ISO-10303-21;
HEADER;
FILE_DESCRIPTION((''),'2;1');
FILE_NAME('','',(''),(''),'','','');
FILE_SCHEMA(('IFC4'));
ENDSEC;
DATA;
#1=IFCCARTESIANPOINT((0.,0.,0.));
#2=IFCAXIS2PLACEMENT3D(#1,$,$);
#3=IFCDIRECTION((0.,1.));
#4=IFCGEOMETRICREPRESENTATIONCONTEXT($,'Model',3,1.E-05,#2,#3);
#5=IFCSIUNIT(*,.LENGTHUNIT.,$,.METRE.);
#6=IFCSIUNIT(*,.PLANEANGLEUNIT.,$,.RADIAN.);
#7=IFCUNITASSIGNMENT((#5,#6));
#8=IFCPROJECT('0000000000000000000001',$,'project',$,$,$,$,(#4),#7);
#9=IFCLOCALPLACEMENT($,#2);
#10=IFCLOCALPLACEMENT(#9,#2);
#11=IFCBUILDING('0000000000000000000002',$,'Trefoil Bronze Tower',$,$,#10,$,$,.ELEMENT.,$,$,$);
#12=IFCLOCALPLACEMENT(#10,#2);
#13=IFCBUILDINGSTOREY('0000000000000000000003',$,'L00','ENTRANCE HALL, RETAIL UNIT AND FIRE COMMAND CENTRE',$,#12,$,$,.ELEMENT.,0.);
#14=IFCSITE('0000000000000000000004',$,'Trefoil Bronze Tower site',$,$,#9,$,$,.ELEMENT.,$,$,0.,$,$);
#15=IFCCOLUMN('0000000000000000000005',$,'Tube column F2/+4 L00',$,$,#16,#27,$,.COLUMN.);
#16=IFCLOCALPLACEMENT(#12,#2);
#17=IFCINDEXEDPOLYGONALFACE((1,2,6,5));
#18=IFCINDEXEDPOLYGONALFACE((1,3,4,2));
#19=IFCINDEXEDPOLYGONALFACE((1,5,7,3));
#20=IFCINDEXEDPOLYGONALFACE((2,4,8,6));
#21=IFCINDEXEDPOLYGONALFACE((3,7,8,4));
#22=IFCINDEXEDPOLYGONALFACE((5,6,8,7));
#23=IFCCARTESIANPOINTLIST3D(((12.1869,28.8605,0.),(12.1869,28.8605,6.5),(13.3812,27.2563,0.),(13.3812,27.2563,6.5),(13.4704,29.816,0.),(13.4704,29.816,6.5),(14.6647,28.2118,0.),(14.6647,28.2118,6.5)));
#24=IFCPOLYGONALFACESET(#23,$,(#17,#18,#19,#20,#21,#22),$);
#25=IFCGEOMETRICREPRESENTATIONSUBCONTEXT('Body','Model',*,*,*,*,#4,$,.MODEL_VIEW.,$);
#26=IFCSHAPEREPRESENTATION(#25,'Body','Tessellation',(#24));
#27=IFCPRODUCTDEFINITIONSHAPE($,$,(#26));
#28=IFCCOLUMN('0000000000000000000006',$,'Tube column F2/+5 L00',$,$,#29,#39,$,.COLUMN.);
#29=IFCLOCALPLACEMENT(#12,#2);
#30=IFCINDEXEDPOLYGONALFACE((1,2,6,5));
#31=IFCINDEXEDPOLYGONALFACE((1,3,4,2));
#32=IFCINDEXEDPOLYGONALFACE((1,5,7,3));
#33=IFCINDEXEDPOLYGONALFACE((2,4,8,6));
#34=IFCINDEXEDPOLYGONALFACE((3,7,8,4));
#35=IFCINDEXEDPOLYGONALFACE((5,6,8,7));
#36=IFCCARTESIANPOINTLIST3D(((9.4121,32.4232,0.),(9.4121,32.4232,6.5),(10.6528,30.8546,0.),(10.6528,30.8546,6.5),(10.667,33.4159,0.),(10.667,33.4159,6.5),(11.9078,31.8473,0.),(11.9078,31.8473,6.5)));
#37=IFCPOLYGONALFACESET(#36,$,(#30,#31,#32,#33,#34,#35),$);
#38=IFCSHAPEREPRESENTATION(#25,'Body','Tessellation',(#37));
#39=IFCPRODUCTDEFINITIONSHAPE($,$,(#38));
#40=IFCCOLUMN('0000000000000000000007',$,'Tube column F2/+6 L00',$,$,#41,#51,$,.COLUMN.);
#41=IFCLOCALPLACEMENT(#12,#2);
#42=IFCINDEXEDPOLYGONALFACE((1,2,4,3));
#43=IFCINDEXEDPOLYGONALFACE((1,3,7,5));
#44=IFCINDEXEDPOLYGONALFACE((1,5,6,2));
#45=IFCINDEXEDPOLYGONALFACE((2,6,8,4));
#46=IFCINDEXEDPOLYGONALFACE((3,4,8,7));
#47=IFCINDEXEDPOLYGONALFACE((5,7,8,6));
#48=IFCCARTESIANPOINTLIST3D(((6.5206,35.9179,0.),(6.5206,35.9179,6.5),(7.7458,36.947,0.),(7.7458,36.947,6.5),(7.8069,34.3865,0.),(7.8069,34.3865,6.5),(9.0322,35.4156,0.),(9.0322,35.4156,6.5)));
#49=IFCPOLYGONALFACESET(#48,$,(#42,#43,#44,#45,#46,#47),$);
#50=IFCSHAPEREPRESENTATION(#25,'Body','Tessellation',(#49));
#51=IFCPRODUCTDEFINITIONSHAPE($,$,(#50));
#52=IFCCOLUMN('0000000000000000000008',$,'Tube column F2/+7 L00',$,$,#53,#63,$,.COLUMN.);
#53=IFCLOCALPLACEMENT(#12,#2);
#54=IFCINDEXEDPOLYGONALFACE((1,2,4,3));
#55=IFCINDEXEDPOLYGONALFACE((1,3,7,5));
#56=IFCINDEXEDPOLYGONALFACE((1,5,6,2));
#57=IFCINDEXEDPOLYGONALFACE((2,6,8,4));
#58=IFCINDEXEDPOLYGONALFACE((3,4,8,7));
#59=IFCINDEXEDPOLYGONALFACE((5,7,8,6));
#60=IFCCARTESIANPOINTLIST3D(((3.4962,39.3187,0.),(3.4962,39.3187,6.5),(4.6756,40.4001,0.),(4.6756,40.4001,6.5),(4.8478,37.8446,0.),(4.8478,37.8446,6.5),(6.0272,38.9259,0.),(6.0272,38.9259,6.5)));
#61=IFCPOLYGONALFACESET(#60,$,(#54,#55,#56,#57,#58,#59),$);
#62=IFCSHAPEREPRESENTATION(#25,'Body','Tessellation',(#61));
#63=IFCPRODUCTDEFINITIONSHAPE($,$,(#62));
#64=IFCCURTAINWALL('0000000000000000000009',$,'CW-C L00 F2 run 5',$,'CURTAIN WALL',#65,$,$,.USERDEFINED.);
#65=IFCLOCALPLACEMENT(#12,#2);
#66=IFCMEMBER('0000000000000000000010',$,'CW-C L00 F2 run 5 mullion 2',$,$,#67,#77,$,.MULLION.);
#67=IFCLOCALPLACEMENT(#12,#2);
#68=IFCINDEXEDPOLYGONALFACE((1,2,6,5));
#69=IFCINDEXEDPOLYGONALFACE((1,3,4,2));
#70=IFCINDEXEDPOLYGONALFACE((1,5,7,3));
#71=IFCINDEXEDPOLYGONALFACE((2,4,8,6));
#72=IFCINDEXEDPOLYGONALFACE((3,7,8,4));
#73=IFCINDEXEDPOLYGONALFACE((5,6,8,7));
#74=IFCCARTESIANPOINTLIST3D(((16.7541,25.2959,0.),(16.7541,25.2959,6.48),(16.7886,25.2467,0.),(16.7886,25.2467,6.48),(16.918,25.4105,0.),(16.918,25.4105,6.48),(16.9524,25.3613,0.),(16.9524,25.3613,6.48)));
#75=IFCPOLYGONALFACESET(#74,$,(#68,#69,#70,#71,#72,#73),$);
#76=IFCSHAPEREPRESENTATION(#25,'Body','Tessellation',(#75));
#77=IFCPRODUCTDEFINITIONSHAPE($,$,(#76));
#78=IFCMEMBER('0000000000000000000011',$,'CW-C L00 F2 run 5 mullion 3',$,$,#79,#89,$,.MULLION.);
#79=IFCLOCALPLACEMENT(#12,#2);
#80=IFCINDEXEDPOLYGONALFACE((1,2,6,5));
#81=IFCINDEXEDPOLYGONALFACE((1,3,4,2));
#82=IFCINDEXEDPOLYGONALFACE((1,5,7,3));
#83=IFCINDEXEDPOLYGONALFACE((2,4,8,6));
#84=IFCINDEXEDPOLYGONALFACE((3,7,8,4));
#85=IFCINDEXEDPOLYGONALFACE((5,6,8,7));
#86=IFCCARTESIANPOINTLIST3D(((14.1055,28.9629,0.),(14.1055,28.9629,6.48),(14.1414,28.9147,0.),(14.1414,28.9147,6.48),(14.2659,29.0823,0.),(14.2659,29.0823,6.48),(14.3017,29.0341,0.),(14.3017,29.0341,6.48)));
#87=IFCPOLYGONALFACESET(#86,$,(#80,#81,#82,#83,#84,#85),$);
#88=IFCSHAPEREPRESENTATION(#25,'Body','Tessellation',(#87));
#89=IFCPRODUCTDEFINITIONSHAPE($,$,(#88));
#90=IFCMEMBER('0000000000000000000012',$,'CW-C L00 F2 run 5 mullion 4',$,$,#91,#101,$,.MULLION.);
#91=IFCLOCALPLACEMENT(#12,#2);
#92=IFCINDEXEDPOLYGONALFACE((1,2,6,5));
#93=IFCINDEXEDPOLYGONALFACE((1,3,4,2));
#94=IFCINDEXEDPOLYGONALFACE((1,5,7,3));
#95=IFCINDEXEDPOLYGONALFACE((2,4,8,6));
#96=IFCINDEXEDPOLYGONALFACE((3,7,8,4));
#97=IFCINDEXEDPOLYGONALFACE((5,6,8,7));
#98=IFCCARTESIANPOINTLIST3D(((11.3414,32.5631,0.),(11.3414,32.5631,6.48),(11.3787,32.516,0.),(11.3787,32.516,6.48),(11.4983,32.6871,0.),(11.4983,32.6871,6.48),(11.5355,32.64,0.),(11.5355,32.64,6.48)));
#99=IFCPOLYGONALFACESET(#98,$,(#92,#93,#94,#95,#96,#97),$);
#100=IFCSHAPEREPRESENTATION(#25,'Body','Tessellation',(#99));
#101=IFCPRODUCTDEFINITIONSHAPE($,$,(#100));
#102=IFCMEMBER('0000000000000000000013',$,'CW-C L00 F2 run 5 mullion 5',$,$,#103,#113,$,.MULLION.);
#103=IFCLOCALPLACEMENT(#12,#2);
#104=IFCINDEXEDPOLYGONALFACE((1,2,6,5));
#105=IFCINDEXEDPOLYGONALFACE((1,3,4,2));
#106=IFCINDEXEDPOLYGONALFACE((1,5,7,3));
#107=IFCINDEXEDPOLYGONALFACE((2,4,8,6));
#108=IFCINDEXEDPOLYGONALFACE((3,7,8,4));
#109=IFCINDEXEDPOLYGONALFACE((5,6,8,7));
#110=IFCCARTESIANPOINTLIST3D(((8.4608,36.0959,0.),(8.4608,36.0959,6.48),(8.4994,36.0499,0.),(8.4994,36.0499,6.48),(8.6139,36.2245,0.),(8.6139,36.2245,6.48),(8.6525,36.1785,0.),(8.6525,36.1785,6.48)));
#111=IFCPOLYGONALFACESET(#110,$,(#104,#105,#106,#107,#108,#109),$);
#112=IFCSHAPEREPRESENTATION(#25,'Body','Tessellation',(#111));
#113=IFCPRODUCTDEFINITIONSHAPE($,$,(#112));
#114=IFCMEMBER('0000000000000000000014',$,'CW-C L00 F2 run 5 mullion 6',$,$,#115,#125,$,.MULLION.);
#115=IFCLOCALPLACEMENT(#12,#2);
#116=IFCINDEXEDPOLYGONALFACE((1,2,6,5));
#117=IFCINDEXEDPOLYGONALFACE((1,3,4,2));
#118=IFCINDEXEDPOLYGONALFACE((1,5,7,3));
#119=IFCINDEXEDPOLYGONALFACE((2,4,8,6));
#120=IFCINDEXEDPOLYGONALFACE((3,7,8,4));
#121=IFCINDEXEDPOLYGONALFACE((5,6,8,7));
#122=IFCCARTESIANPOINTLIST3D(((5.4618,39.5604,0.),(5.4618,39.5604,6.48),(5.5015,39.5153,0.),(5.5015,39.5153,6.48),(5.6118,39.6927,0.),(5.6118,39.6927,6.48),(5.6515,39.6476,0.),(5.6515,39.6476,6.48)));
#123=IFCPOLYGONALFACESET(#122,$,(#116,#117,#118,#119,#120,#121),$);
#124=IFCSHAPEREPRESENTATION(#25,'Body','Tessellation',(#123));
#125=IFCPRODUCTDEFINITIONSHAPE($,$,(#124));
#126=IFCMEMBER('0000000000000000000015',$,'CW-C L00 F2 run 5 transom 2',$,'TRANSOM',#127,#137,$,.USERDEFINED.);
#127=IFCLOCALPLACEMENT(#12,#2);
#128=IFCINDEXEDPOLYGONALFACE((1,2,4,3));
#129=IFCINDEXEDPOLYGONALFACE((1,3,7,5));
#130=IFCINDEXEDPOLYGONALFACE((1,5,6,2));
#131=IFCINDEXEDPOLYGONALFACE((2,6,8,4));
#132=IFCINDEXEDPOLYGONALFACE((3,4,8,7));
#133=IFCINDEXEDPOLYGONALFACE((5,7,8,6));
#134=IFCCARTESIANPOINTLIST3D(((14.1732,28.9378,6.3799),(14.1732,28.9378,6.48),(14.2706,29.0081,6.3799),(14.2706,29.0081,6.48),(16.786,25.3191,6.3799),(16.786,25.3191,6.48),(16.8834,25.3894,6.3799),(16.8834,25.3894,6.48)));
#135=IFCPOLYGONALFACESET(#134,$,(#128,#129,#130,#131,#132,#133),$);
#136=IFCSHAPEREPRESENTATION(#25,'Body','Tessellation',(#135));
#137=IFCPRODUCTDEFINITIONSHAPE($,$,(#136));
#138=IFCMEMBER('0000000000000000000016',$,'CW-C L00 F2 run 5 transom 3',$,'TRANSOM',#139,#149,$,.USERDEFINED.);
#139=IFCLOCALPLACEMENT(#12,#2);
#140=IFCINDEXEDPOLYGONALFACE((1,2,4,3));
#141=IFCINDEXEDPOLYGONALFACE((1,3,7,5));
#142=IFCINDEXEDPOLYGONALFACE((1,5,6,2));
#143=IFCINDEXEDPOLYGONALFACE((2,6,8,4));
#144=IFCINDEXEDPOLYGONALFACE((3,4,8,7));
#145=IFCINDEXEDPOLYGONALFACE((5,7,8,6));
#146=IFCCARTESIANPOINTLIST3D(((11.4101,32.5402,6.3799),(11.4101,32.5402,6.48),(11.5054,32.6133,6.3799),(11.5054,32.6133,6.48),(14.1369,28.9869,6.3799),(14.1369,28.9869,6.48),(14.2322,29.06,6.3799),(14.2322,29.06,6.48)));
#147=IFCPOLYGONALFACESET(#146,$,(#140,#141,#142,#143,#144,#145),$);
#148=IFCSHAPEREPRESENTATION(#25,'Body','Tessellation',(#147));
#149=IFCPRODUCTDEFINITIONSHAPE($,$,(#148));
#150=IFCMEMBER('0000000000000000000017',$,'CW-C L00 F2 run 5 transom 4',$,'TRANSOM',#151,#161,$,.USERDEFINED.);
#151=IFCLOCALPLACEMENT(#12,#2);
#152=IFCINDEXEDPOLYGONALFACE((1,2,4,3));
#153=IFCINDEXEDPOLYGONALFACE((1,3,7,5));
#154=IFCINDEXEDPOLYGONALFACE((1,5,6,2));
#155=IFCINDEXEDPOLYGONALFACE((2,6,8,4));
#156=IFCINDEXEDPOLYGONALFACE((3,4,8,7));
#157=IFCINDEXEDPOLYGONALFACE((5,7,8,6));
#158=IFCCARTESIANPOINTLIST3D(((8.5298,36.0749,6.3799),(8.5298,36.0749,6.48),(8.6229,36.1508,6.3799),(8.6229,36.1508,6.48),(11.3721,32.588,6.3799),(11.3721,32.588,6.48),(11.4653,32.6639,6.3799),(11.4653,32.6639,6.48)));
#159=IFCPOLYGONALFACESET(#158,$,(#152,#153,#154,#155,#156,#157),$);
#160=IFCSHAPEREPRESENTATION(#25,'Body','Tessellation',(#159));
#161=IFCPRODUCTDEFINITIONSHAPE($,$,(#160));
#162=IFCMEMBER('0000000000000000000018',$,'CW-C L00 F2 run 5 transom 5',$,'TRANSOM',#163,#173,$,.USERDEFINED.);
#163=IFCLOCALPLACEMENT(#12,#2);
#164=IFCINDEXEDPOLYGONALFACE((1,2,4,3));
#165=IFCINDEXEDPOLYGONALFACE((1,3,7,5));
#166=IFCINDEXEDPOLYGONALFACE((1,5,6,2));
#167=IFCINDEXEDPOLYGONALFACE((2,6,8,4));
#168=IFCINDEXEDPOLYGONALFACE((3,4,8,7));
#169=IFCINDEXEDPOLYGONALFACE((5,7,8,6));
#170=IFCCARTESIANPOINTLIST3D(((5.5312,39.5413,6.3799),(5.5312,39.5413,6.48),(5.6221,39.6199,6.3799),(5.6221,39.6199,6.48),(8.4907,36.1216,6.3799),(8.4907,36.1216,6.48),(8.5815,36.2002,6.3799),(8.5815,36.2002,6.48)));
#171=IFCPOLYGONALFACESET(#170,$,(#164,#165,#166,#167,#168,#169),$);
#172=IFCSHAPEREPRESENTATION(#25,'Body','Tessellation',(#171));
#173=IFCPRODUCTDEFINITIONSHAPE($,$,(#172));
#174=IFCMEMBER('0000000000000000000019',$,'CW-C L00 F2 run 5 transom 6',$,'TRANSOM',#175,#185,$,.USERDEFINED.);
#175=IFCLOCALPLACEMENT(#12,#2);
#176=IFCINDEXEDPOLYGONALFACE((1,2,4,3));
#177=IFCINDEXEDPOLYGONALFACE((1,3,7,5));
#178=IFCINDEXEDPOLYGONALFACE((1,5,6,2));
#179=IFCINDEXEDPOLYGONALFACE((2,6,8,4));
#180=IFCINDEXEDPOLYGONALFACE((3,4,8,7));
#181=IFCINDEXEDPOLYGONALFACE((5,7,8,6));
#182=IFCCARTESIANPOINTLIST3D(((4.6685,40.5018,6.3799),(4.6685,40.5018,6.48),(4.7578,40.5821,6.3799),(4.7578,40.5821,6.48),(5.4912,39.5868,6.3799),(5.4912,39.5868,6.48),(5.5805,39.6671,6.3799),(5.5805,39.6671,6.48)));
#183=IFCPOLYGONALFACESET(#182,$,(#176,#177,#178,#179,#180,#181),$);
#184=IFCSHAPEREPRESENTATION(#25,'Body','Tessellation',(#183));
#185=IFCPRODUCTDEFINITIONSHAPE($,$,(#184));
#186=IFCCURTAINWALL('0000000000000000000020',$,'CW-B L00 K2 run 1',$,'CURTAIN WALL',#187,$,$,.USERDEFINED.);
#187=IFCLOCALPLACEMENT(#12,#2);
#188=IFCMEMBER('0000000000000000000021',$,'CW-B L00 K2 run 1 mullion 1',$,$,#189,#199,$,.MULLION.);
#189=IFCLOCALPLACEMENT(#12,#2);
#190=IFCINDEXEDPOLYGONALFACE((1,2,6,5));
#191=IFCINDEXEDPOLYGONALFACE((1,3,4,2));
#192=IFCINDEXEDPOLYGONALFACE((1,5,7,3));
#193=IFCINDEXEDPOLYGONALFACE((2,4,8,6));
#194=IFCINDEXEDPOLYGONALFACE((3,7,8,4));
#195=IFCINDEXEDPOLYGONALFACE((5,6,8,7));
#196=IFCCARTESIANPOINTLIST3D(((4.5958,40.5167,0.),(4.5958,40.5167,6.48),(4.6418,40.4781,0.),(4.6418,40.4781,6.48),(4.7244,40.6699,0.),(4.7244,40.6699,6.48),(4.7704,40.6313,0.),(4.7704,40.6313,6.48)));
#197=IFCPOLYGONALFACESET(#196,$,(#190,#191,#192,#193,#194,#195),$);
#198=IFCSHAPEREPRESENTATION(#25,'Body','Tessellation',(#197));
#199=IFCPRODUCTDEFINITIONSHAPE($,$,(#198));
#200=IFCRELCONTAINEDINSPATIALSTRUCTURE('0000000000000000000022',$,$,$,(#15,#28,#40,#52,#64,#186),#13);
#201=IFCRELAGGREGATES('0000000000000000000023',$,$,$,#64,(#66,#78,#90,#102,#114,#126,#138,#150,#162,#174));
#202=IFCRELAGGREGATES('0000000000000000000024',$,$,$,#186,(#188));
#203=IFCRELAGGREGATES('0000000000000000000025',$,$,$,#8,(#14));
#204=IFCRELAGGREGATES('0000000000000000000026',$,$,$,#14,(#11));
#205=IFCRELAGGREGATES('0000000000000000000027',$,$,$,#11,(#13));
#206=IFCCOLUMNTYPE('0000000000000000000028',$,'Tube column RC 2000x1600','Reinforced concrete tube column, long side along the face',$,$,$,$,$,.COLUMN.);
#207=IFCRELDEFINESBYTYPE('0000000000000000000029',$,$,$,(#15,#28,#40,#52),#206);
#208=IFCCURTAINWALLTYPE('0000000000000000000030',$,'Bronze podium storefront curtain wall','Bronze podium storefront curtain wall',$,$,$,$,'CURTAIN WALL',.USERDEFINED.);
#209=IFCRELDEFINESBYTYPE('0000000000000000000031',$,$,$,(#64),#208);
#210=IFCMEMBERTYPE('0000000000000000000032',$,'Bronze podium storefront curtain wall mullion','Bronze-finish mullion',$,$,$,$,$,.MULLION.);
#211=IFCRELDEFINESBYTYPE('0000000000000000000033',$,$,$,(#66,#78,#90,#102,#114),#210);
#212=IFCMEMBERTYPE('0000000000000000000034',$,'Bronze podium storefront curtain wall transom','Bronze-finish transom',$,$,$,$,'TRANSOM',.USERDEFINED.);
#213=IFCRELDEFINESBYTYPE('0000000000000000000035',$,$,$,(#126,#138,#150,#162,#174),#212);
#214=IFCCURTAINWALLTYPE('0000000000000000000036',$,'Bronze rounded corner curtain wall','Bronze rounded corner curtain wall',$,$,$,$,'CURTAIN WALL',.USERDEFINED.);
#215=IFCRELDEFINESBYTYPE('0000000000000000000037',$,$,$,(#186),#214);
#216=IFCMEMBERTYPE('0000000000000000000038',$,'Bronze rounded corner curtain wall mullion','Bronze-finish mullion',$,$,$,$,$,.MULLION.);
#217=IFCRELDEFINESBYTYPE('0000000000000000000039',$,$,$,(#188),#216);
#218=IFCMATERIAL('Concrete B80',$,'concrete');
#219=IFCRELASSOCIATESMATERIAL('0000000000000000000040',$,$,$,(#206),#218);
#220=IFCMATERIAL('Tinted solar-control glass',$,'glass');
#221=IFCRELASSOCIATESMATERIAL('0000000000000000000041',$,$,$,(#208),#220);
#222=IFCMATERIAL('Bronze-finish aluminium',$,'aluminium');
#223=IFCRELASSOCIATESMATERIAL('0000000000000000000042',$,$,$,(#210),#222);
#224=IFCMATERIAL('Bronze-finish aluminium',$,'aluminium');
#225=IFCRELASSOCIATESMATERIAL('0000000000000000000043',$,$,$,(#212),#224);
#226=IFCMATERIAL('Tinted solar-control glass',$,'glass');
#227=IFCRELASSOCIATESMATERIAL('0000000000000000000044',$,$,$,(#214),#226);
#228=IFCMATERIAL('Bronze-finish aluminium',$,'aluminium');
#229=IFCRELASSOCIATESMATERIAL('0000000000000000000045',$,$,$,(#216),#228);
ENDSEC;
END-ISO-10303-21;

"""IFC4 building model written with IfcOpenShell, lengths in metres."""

from ifc_helpers import new_model, si_unit, direction, frame, origin, origin_2d, place, context, subcontext, project, spatial, rectangle, extrude, material, material_profile, profile_set, type_object, element, aggregate, save


model = new_model("IFC4")

# Units and contexts
model_context = context("Model", 3, precision=1e-05, world=origin(), true_north=direction((0.0, 1.0)))
body_context = subcontext(model_context, "Body", "Model", "MODEL_VIEW")
ifc_project = project(units=[si_unit("LENGTHUNIT", "METRE"), si_unit("PLANEANGLEUNIT", "RADIAN")], contexts=[model_context])

# Site, building, storey
site_placement = place(None, origin())
site = spatial("IfcSite", under=ifc_project, at=site_placement, Name="Trefoil Bronze Tower site", CompositionType="ELEMENT", RefElevation=0.0)
building_placement = place(site_placement, origin())
building = spatial("IfcBuilding", under=site, at=building_placement, Name="Trefoil Bronze Tower", CompositionType="ELEMENT")
storey_placement = place(building_placement, origin())
storey = spatial("IfcBuildingStorey", under=building, at=storey_placement, Name="L00", Description="ENTRANCE HALL, RETAIL UNIT AND FIRE COMMAND CENTRE", CompositionType="ELEMENT", Elevation=0.0)

# Columns
ifc_material_1 = material(Name="Concrete B80", Category="concrete")
ifc_material_profile_1 = material_profile(ifc_material_1, rectangle(XDim=2.0, YDim=1.6001, at=origin_2d()), Name="RC 2000x1600")
ifc_profile_set_1 = profile_set([ifc_material_profile_1], Name="Concrete B80")
column_type = type_object("IfcColumnType", Name="Tube column RC 2000x1600", Description="Reinforced concrete tube column, long side along the face", PredefinedType="COLUMN", material=ifc_profile_set_1)
for number, where, z_axis, x_axis, name in (
    (1, (13.4258, 28.5361, 0.0), (0.0, 0.0, 1.0), (-0.597154, 0.802127, 0.0), "Tube column F2/+4 L00"),
    (2, (10.6599, 32.1353, 0.0), (0.0, 0.0, 1.0), (-0.620376, 0.784305, 0.0), "Tube column F2/+5 L00"),
    (3, (7.7764, 35.6667, 0.0), (0.0, 0.0, 1.0), (-0.643163, 0.765729, 0.0), "Tube column F2/+6 L00"),
    (4, (4.7617, 39.1223, 0.0), (0.0, 0.0, 1.0), (-0.675816, 0.73707, 0.0), "Tube column F2/+7 L00"),
):
    element("IfcColumn", number, at=place(storey_placement, frame(where, z_axis=z_axis, x_axis=x_axis)), inside=storey, type_object=column_type, Name=name, PredefinedType="COLUMN", context=body_context, shape_type="SweptSolid", body=[
        extrude(rectangle(XDim=2.0, YDim=1.6001, at=origin_2d()), origin(), (0.0, 0.0, 1.0), 6.5),
    ])

# Curtain walls, members
ifc_material_2 = material(Name="Tinted solar-control glass", Category="glass")
curtain_wall_type_1 = type_object("IfcCurtainWallType", Name="Bronze podium storefront curtain wall", Description="Bronze podium storefront curtain wall", ElementType="CURTAIN WALL", PredefinedType="USERDEFINED", material=ifc_material_2)
curtain_wall_1_placement = place(storey_placement, origin())
curtain_wall_1 = element("IfcCurtainWall", 5, at=curtain_wall_1_placement, inside=storey, type_object=curtain_wall_type_1, Name="CW-C L00 F2 run 5", ObjectType="CURTAIN WALL", PredefinedType="USERDEFINED")
ifc_material_3 = material(Name="Bronze-finish aluminium", Category="aluminium")
ifc_material_profile_2 = material_profile(ifc_material_3, rectangle(XDim=0.2, YDim=0.0601, at=origin_2d()), Name="CW-C mullion")
ifc_profile_set_2 = profile_set([ifc_material_profile_2], Name="Bronze-finish aluminium")
member_type_1 = type_object("IfcMemberType", Name="Bronze podium storefront curtain wall mullion", Description="Bronze-finish mullion", PredefinedType="MULLION", material=ifc_profile_set_2)
member_1_placement = place(storey_placement, frame((16.8533, 25.3286, 0.0), z_axis=(0.0, 0.0, 1.0), x_axis=(-0.819204, -0.573502, 0.0)))
member_1 = element("IfcMember", 6, at=member_1_placement, type_object=member_type_1, Name="CW-C L00 F2 run 5 mullion 2", PredefinedType="MULLION", context=body_context, shape_type="SweptSolid", body=[
    extrude(rectangle(XDim=0.2, YDim=0.0601, at=origin_2d()), origin(), (0.0, 0.0, 1.0), 6.48),
])
member_2_placement = place(storey_placement, frame((14.2036, 28.9985, 0.0), z_axis=(0.0, 0.0, 1.0), x_axis=(-0.802127, -0.597154, 0.0)))
member_2 = element("IfcMember", 7, at=member_2_placement, type_object=member_type_1, Name="CW-C L00 F2 run 5 mullion 3", PredefinedType="MULLION", context=body_context, shape_type="SweptSolid", body=[
    extrude(rectangle(XDim=0.2, YDim=0.0601, at=origin_2d()), origin(), (0.0, 0.0, 1.0), 6.48),
])
member_3_placement = place(storey_placement, frame((11.4385, 32.6016, 0.0), z_axis=(0.0, 0.0, 1.0), x_axis=(-0.784305, -0.620376, 0.0)))
member_3 = element("IfcMember", 8, at=member_3_placement, type_object=member_type_1, Name="CW-C L00 F2 run 5 mullion 4", PredefinedType="MULLION", context=body_context, shape_type="SweptSolid", body=[
    extrude(rectangle(XDim=0.2, YDim=0.0601, at=origin_2d()), origin(), (0.0, 0.0, 1.0), 6.48),
])
member_4_placement = place(storey_placement, frame((8.5566, 36.1372, 0.0), z_axis=(0.0, 0.0, 1.0), x_axis=(-0.765729, -0.643163, 0.0)))
member_4 = element("IfcMember", 9, at=member_4_placement, type_object=member_type_1, Name="CW-C L00 F2 run 5 mullion 5", PredefinedType="MULLION", context=body_context, shape_type="SweptSolid", body=[
    extrude(rectangle(XDim=0.2, YDim=0.0601, at=origin_2d()), origin(), (0.0, 0.0, 1.0), 6.48),
])
member_5_placement = place(storey_placement, frame((5.5566, 39.604, 0.0), z_axis=(0.0, 0.0, 1.0), x_axis=(-0.749941, -0.661505, 0.0)))
member_5 = element("IfcMember", 10, at=member_5_placement, type_object=member_type_1, Name="CW-C L00 F2 run 5 mullion 6", PredefinedType="MULLION", context=body_context, shape_type="SweptSolid", body=[
    extrude(rectangle(XDim=0.2, YDim=0.0601, at=origin_2d()), origin(), (0.0, 0.0, 1.0), 6.48),
])
ifc_material_4 = material(Name="Bronze-finish aluminium", Category="aluminium")
ifc_material_profile_3 = material_profile(ifc_material_4, rectangle(XDim=0.1201, YDim=0.1001, at=origin_2d()), Name="CW-C transom")
ifc_profile_set_3 = profile_set([ifc_material_profile_3], Name="Bronze-finish aluminium")
member_type_2 = type_object("IfcMemberType", Name="Bronze podium storefront curtain wall transom", Description="Bronze-finish transom", ElementType="TRANSOM", PredefinedType="USERDEFINED", material=ifc_profile_set_3)
member_6_placement = place(storey_placement, frame((16.8347, 25.3542, 6.4299), z_axis=(-0.585391, 0.810751, 0.0), x_axis=(-0.810751, -0.585391, 0.0)))
member_6 = element("IfcMember", 11, at=member_6_placement, type_object=member_type_2, Name="CW-C L00 F2 run 5 transom 2", ObjectType="TRANSOM", PredefinedType="USERDEFINED", context=body_context, shape_type="SweptSolid", body=[
    extrude(rectangle(XDim=0.1201, YDim=0.1001, at=origin_2d()), origin(), (0.0, 0.0, 1.0), 4.4634),
])
member_7_placement = place(storey_placement, frame((14.1846, 29.0234, 6.4299), z_axis=(-0.608807, 0.793319, 0.0), x_axis=(-0.793319, -0.608807, 0.0)))
member_7 = element("IfcMember", 12, at=member_7_placement, type_object=member_type_2, Name="CW-C L00 F2 run 5 transom 3", ObjectType="TRANSOM", PredefinedType="USERDEFINED", context=body_context, shape_type="SweptSolid", body=[
    extrude(rectangle(XDim=0.1201, YDim=0.1001, at=origin_2d()), origin(), (0.0, 0.0, 1.0), 4.479),
])
member_8_placement = place(storey_placement, frame((11.4187, 32.626, 6.4299), z_axis=(-0.63183, 0.775107, 0.0), x_axis=(-0.775107, -0.63183, 0.0)))
member_8 = element("IfcMember", 13, at=member_8_placement, type_object=member_type_2, Name="CW-C L00 F2 run 5 transom 4", ObjectType="TRANSOM", PredefinedType="USERDEFINED", context=body_context, shape_type="SweptSolid", body=[
    extrude(rectangle(XDim=0.1201, YDim=0.1001, at=origin_2d()), origin(), (0.0, 0.0, 1.0), 4.4985),
])
member_9_placement = place(storey_placement, frame((8.5361, 36.1609, 6.4299), z_axis=(-0.654394, 0.756154, 0.0), x_axis=(-0.756154, -0.654394, 0.0)))
member_9 = element("IfcMember", 14, at=member_9_placement, type_object=member_type_2, Name="CW-C L00 F2 run 5 transom 5", ObjectType="TRANSOM", PredefinedType="USERDEFINED", context=body_context, shape_type="SweptSolid", body=[
    extrude(rectangle(XDim=0.1201, YDim=0.1001, at=origin_2d()), origin(), (0.0, 0.0, 1.0), 4.5225),
])
member_10_placement = place(storey_placement, frame((5.5359, 39.627, 6.4299), z_axis=(-0.668614, 0.74361, 0.0), x_axis=(-0.74361, -0.668614, 0.0)))
member_10 = element("IfcMember", 15, at=member_10_placement, type_object=member_type_2, Name="CW-C L00 F2 run 5 transom 6", ObjectType="TRANSOM", PredefinedType="USERDEFINED", context=body_context, shape_type="SweptSolid", body=[
    extrude(rectangle(XDim=0.1201, YDim=0.1001, at=origin_2d()), origin(), (0.0, 0.0, 1.0), 1.2305),
])
ifc_material_5 = material(Name="Tinted solar-control glass", Category="glass")
curtain_wall_type_2 = type_object("IfcCurtainWallType", Name="Bronze rounded corner curtain wall", Description="Bronze rounded corner curtain wall", ElementType="CURTAIN WALL", PredefinedType="USERDEFINED", material=ifc_material_5)
curtain_wall_2_placement = place(storey_placement, origin())
curtain_wall_2 = element("IfcCurtainWall", 16, at=curtain_wall_2_placement, inside=storey, type_object=curtain_wall_type_2, Name="CW-B L00 K2 run 1", ObjectType="CURTAIN WALL", PredefinedType="USERDEFINED")
ifc_material_6 = material(Name="Bronze-finish aluminium", Category="aluminium")
ifc_material_profile_4 = material_profile(ifc_material_6, rectangle(XDim=0.2, YDim=0.0601, at=origin_2d()), Name="CW-B mullion")
ifc_profile_set_4 = profile_set([ifc_material_profile_4], Name="Bronze-finish aluminium")
member_type_3 = type_object("IfcMemberType", Name="Bronze rounded corner curtain wall mullion", Description="Bronze-finish mullion", PredefinedType="MULLION", material=ifc_profile_set_4)
member_11_placement = place(storey_placement, frame((4.6831, 40.574, 0.0), z_axis=(0.0, 0.0, 1.0), x_axis=(-0.642788, -0.766044, 0.0)))
member_11 = element("IfcMember", 17, at=member_11_placement, type_object=member_type_3, Name="CW-B L00 K2 run 1 mullion 1", PredefinedType="MULLION", context=body_context, shape_type="SweptSolid", body=[
    extrude(rectangle(XDim=0.2, YDim=0.0601, at=origin_2d()), origin(), (0.0, 0.0, 1.0), 6.48),
])

aggregate(curtain_wall_1, [member_1, member_2, member_3, member_4, member_5, member_6, member_7, member_8, member_9, member_10])
aggregate(curtain_wall_2, [member_11])

save(model, "model.ifc")
